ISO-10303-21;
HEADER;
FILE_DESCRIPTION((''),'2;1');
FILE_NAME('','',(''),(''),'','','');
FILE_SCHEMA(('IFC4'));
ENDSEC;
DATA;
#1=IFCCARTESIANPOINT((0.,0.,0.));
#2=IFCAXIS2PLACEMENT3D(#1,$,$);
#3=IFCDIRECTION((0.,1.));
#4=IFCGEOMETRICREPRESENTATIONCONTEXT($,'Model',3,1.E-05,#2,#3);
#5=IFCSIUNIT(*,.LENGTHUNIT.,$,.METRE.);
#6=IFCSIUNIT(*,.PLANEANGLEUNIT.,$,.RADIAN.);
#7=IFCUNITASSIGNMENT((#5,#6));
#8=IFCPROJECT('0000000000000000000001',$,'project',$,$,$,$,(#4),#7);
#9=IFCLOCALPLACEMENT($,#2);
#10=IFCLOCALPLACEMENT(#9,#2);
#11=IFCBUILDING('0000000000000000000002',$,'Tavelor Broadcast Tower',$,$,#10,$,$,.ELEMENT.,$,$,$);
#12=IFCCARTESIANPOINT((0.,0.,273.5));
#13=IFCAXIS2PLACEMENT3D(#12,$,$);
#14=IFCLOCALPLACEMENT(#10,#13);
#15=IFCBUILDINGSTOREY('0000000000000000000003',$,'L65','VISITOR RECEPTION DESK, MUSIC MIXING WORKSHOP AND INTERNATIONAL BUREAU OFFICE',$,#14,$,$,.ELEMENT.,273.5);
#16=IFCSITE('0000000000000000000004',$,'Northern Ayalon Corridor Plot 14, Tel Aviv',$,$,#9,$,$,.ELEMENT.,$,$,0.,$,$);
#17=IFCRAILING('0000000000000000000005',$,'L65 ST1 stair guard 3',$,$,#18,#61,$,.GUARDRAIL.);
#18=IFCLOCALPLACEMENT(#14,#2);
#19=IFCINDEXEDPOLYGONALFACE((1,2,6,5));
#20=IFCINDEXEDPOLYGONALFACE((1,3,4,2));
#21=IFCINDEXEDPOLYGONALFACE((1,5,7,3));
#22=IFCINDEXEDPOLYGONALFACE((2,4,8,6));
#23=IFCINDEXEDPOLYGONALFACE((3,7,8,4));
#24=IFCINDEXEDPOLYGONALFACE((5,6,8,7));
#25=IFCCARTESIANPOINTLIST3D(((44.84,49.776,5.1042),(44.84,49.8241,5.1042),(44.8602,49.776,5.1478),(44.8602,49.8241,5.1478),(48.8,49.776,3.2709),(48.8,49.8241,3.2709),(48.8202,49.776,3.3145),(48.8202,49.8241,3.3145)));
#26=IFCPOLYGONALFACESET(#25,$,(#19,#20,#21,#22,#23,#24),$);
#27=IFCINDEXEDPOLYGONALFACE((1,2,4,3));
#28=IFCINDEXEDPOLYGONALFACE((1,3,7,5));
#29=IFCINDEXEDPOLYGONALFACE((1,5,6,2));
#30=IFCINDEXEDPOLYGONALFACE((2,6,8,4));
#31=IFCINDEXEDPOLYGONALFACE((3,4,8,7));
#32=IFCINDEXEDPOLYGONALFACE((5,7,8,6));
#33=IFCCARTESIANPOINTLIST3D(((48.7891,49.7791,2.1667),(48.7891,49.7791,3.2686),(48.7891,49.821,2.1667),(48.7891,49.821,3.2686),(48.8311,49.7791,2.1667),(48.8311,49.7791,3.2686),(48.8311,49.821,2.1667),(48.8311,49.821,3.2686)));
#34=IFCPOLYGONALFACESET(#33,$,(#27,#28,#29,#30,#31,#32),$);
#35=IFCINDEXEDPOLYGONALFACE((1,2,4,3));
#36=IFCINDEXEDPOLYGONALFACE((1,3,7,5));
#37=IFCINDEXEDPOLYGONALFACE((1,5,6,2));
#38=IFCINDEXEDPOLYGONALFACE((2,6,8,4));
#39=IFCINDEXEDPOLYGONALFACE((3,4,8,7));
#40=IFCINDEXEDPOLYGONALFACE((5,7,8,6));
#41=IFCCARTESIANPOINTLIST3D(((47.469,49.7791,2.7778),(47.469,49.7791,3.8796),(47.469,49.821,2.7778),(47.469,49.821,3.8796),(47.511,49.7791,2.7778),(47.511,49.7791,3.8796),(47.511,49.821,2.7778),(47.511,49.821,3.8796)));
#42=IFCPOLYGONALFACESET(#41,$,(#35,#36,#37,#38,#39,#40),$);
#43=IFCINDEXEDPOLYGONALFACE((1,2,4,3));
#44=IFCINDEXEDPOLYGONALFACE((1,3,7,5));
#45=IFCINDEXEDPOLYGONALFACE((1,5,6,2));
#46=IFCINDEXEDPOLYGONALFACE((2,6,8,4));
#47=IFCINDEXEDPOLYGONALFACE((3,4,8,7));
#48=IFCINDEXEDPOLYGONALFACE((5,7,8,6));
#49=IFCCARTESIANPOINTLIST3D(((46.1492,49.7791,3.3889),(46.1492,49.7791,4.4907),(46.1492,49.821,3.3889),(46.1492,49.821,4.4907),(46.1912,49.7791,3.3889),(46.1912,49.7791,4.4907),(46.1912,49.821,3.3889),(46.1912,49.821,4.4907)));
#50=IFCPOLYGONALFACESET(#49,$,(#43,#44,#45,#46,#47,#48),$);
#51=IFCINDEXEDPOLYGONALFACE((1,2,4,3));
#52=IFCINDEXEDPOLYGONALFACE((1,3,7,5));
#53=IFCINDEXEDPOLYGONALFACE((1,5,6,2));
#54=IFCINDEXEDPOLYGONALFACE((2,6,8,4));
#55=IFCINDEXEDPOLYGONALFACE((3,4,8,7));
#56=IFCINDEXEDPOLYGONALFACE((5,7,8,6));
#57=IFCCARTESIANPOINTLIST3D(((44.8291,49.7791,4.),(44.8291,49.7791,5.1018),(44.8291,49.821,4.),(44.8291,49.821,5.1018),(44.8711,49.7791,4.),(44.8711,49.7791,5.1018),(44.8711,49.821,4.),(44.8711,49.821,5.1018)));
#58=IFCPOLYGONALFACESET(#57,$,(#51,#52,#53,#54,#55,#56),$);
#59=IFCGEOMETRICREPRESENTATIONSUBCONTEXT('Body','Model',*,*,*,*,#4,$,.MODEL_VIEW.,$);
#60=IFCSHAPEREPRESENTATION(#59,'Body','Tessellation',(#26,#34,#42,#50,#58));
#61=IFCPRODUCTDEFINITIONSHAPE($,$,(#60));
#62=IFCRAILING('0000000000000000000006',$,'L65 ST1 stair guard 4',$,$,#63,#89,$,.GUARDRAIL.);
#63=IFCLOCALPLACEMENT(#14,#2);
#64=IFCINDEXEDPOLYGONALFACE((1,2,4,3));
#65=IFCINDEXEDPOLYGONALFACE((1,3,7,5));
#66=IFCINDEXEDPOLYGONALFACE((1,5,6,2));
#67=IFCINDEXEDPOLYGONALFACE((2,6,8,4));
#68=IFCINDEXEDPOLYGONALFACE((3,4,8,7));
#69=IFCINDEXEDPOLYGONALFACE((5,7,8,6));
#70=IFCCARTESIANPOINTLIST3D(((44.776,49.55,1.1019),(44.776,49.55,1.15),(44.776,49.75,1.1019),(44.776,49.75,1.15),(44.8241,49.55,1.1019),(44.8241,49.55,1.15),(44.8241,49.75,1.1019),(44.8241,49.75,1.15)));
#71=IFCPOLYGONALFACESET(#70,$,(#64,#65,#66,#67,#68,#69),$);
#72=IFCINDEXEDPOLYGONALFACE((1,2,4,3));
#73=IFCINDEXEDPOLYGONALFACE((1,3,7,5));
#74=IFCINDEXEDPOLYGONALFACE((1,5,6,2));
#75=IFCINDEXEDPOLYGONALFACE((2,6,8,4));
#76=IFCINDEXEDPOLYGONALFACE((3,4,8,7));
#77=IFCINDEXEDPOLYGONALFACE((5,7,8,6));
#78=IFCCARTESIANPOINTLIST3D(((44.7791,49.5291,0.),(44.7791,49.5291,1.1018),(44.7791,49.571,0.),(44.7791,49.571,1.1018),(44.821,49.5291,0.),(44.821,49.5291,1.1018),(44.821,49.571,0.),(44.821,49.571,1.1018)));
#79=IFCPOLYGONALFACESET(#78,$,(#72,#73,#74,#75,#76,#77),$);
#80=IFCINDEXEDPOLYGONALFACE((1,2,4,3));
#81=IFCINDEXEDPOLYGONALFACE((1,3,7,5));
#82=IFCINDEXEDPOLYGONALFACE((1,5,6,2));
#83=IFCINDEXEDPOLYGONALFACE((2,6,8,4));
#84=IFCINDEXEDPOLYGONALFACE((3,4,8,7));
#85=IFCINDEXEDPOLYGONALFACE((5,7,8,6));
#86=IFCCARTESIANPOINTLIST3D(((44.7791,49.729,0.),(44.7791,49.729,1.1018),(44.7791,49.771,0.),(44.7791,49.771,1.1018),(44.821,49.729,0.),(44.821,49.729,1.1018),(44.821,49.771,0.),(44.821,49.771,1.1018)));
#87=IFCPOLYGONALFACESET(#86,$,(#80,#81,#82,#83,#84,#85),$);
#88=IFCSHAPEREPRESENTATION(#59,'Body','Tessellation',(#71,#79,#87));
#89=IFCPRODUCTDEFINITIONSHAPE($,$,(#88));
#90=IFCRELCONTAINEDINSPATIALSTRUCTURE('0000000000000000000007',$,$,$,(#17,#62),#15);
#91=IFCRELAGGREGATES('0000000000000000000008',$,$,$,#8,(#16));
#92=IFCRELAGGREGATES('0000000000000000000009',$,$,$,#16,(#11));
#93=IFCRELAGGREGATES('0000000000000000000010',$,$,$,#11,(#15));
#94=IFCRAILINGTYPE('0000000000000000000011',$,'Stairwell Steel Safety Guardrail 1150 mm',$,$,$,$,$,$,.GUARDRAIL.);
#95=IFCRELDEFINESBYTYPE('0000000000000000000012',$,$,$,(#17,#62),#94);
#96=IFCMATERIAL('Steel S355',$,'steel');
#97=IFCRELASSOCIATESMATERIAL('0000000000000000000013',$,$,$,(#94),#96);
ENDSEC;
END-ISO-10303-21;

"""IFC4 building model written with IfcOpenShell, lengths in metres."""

from ifc_helpers import new_model, si_unit, direction, frame, origin, origin_2d, place, context, subcontext, project, spatial, rectangle, extrude, material, type_object, element, save


model = new_model("IFC4")

# Units and contexts
model_context = context("Model", 3, precision=1e-05, world=origin(), true_north=direction((0.0, 1.0)))
body_context = subcontext(model_context, "Body", "Model", "MODEL_VIEW")
ifc_project = project(units=[si_unit("LENGTHUNIT", "METRE"), si_unit("PLANEANGLEUNIT", "RADIAN")], contexts=[model_context])

# Site, building, storey
site_placement = place(None, origin())
site = spatial("IfcSite", under=ifc_project, at=site_placement, Name="Northern Ayalon Corridor Plot 14, Tel Aviv", CompositionType="ELEMENT", RefElevation=0.0)
building_placement = place(site_placement, origin())
building = spatial("IfcBuilding", under=site, at=building_placement, Name="Tavelor Broadcast Tower", CompositionType="ELEMENT")
storey_placement = place(building_placement, frame((0.0, 0.0, 273.5)))
storey = spatial("IfcBuildingStorey", under=building, at=storey_placement, Name="L65", Description="VISITOR RECEPTION DESK, MUSIC MIXING WORKSHOP AND INTERNATIONAL BUREAU OFFICE", CompositionType="ELEMENT", Elevation=273.5)

# Shared definitions
ifc_material_1 = material(Name="Steel S355", Category="steel")

# Railings
railing_type_1 = type_object("IfcRailingType", Name="Stairwell Steel Safety Guardrail 1150 mm", PredefinedType="GUARDRAIL", material=ifc_material_1)
railing_1_placement = place(storey_placement, frame((48.8101, 49.8, 2.1667)))
element("IfcRailing", 1, at=railing_1_placement, inside=storey, type_object=railing_type_1, Name="L65 ST1 stair guard 3", PredefinedType="GUARDRAIL", context=body_context, shape_type="SweptSolid", body=[
    extrude(rectangle(XDim=0.0481, YDim=0.0481, at=origin_2d()), frame((0.0, 0.0, 1.126), z_axis=(-0.907472, 0.0, 0.420112), x_axis=(0.0, -1.0, 0.0)), (0.0, 0.0, 1.0), 4.3638),
    extrude(rectangle(XDim=0.042, YDim=0.042, at=origin_2d()), origin(), (0.0, 0.0, 1.0), 1.1018),
    extrude(rectangle(XDim=0.042, YDim=0.042, at=origin_2d()), frame((-1.3201, 0.0, 0.6111)), (0.0, 0.0, 1.0), 1.1018),
    extrude(rectangle(XDim=0.042, YDim=0.042, at=origin_2d()), frame((-2.6399, 0.0, 1.2222)), (0.0, 0.0, 1.0), 1.1018),
    extrude(rectangle(XDim=0.042, YDim=0.042, at=origin_2d()), frame((-3.96, 0.0, 1.8333)), (0.0, 0.0, 1.0), 1.1018),
])
railing_2_placement = place(storey_placement, frame((44.8, 49.55, 0.0)))
element("IfcRailing", 2, at=railing_2_placement, inside=storey, type_object=railing_type_1, Name="L65 ST1 stair guard 4", PredefinedType="GUARDRAIL", context=body_context, shape_type="SweptSolid", body=[
    extrude(rectangle(XDim=0.0481, YDim=0.0481, at=origin_2d()), frame((0.0, 0.0, 1.126), z_axis=(0.0, 1.0, 0.0), x_axis=(-1.0, 0.0, 0.0)), (0.0, 0.0, 1.0), 0.2),
    extrude(rectangle(XDim=0.042, YDim=0.042, at=origin_2d()), origin(), (0.0, 0.0, 1.0), 1.1018),
    extrude(rectangle(XDim=0.042, YDim=0.042, at=origin_2d()), frame((0.0, 0.2, 0.0)), (0.0, 0.0, 1.0), 1.1018),
])

save(model, "model.ifc")
